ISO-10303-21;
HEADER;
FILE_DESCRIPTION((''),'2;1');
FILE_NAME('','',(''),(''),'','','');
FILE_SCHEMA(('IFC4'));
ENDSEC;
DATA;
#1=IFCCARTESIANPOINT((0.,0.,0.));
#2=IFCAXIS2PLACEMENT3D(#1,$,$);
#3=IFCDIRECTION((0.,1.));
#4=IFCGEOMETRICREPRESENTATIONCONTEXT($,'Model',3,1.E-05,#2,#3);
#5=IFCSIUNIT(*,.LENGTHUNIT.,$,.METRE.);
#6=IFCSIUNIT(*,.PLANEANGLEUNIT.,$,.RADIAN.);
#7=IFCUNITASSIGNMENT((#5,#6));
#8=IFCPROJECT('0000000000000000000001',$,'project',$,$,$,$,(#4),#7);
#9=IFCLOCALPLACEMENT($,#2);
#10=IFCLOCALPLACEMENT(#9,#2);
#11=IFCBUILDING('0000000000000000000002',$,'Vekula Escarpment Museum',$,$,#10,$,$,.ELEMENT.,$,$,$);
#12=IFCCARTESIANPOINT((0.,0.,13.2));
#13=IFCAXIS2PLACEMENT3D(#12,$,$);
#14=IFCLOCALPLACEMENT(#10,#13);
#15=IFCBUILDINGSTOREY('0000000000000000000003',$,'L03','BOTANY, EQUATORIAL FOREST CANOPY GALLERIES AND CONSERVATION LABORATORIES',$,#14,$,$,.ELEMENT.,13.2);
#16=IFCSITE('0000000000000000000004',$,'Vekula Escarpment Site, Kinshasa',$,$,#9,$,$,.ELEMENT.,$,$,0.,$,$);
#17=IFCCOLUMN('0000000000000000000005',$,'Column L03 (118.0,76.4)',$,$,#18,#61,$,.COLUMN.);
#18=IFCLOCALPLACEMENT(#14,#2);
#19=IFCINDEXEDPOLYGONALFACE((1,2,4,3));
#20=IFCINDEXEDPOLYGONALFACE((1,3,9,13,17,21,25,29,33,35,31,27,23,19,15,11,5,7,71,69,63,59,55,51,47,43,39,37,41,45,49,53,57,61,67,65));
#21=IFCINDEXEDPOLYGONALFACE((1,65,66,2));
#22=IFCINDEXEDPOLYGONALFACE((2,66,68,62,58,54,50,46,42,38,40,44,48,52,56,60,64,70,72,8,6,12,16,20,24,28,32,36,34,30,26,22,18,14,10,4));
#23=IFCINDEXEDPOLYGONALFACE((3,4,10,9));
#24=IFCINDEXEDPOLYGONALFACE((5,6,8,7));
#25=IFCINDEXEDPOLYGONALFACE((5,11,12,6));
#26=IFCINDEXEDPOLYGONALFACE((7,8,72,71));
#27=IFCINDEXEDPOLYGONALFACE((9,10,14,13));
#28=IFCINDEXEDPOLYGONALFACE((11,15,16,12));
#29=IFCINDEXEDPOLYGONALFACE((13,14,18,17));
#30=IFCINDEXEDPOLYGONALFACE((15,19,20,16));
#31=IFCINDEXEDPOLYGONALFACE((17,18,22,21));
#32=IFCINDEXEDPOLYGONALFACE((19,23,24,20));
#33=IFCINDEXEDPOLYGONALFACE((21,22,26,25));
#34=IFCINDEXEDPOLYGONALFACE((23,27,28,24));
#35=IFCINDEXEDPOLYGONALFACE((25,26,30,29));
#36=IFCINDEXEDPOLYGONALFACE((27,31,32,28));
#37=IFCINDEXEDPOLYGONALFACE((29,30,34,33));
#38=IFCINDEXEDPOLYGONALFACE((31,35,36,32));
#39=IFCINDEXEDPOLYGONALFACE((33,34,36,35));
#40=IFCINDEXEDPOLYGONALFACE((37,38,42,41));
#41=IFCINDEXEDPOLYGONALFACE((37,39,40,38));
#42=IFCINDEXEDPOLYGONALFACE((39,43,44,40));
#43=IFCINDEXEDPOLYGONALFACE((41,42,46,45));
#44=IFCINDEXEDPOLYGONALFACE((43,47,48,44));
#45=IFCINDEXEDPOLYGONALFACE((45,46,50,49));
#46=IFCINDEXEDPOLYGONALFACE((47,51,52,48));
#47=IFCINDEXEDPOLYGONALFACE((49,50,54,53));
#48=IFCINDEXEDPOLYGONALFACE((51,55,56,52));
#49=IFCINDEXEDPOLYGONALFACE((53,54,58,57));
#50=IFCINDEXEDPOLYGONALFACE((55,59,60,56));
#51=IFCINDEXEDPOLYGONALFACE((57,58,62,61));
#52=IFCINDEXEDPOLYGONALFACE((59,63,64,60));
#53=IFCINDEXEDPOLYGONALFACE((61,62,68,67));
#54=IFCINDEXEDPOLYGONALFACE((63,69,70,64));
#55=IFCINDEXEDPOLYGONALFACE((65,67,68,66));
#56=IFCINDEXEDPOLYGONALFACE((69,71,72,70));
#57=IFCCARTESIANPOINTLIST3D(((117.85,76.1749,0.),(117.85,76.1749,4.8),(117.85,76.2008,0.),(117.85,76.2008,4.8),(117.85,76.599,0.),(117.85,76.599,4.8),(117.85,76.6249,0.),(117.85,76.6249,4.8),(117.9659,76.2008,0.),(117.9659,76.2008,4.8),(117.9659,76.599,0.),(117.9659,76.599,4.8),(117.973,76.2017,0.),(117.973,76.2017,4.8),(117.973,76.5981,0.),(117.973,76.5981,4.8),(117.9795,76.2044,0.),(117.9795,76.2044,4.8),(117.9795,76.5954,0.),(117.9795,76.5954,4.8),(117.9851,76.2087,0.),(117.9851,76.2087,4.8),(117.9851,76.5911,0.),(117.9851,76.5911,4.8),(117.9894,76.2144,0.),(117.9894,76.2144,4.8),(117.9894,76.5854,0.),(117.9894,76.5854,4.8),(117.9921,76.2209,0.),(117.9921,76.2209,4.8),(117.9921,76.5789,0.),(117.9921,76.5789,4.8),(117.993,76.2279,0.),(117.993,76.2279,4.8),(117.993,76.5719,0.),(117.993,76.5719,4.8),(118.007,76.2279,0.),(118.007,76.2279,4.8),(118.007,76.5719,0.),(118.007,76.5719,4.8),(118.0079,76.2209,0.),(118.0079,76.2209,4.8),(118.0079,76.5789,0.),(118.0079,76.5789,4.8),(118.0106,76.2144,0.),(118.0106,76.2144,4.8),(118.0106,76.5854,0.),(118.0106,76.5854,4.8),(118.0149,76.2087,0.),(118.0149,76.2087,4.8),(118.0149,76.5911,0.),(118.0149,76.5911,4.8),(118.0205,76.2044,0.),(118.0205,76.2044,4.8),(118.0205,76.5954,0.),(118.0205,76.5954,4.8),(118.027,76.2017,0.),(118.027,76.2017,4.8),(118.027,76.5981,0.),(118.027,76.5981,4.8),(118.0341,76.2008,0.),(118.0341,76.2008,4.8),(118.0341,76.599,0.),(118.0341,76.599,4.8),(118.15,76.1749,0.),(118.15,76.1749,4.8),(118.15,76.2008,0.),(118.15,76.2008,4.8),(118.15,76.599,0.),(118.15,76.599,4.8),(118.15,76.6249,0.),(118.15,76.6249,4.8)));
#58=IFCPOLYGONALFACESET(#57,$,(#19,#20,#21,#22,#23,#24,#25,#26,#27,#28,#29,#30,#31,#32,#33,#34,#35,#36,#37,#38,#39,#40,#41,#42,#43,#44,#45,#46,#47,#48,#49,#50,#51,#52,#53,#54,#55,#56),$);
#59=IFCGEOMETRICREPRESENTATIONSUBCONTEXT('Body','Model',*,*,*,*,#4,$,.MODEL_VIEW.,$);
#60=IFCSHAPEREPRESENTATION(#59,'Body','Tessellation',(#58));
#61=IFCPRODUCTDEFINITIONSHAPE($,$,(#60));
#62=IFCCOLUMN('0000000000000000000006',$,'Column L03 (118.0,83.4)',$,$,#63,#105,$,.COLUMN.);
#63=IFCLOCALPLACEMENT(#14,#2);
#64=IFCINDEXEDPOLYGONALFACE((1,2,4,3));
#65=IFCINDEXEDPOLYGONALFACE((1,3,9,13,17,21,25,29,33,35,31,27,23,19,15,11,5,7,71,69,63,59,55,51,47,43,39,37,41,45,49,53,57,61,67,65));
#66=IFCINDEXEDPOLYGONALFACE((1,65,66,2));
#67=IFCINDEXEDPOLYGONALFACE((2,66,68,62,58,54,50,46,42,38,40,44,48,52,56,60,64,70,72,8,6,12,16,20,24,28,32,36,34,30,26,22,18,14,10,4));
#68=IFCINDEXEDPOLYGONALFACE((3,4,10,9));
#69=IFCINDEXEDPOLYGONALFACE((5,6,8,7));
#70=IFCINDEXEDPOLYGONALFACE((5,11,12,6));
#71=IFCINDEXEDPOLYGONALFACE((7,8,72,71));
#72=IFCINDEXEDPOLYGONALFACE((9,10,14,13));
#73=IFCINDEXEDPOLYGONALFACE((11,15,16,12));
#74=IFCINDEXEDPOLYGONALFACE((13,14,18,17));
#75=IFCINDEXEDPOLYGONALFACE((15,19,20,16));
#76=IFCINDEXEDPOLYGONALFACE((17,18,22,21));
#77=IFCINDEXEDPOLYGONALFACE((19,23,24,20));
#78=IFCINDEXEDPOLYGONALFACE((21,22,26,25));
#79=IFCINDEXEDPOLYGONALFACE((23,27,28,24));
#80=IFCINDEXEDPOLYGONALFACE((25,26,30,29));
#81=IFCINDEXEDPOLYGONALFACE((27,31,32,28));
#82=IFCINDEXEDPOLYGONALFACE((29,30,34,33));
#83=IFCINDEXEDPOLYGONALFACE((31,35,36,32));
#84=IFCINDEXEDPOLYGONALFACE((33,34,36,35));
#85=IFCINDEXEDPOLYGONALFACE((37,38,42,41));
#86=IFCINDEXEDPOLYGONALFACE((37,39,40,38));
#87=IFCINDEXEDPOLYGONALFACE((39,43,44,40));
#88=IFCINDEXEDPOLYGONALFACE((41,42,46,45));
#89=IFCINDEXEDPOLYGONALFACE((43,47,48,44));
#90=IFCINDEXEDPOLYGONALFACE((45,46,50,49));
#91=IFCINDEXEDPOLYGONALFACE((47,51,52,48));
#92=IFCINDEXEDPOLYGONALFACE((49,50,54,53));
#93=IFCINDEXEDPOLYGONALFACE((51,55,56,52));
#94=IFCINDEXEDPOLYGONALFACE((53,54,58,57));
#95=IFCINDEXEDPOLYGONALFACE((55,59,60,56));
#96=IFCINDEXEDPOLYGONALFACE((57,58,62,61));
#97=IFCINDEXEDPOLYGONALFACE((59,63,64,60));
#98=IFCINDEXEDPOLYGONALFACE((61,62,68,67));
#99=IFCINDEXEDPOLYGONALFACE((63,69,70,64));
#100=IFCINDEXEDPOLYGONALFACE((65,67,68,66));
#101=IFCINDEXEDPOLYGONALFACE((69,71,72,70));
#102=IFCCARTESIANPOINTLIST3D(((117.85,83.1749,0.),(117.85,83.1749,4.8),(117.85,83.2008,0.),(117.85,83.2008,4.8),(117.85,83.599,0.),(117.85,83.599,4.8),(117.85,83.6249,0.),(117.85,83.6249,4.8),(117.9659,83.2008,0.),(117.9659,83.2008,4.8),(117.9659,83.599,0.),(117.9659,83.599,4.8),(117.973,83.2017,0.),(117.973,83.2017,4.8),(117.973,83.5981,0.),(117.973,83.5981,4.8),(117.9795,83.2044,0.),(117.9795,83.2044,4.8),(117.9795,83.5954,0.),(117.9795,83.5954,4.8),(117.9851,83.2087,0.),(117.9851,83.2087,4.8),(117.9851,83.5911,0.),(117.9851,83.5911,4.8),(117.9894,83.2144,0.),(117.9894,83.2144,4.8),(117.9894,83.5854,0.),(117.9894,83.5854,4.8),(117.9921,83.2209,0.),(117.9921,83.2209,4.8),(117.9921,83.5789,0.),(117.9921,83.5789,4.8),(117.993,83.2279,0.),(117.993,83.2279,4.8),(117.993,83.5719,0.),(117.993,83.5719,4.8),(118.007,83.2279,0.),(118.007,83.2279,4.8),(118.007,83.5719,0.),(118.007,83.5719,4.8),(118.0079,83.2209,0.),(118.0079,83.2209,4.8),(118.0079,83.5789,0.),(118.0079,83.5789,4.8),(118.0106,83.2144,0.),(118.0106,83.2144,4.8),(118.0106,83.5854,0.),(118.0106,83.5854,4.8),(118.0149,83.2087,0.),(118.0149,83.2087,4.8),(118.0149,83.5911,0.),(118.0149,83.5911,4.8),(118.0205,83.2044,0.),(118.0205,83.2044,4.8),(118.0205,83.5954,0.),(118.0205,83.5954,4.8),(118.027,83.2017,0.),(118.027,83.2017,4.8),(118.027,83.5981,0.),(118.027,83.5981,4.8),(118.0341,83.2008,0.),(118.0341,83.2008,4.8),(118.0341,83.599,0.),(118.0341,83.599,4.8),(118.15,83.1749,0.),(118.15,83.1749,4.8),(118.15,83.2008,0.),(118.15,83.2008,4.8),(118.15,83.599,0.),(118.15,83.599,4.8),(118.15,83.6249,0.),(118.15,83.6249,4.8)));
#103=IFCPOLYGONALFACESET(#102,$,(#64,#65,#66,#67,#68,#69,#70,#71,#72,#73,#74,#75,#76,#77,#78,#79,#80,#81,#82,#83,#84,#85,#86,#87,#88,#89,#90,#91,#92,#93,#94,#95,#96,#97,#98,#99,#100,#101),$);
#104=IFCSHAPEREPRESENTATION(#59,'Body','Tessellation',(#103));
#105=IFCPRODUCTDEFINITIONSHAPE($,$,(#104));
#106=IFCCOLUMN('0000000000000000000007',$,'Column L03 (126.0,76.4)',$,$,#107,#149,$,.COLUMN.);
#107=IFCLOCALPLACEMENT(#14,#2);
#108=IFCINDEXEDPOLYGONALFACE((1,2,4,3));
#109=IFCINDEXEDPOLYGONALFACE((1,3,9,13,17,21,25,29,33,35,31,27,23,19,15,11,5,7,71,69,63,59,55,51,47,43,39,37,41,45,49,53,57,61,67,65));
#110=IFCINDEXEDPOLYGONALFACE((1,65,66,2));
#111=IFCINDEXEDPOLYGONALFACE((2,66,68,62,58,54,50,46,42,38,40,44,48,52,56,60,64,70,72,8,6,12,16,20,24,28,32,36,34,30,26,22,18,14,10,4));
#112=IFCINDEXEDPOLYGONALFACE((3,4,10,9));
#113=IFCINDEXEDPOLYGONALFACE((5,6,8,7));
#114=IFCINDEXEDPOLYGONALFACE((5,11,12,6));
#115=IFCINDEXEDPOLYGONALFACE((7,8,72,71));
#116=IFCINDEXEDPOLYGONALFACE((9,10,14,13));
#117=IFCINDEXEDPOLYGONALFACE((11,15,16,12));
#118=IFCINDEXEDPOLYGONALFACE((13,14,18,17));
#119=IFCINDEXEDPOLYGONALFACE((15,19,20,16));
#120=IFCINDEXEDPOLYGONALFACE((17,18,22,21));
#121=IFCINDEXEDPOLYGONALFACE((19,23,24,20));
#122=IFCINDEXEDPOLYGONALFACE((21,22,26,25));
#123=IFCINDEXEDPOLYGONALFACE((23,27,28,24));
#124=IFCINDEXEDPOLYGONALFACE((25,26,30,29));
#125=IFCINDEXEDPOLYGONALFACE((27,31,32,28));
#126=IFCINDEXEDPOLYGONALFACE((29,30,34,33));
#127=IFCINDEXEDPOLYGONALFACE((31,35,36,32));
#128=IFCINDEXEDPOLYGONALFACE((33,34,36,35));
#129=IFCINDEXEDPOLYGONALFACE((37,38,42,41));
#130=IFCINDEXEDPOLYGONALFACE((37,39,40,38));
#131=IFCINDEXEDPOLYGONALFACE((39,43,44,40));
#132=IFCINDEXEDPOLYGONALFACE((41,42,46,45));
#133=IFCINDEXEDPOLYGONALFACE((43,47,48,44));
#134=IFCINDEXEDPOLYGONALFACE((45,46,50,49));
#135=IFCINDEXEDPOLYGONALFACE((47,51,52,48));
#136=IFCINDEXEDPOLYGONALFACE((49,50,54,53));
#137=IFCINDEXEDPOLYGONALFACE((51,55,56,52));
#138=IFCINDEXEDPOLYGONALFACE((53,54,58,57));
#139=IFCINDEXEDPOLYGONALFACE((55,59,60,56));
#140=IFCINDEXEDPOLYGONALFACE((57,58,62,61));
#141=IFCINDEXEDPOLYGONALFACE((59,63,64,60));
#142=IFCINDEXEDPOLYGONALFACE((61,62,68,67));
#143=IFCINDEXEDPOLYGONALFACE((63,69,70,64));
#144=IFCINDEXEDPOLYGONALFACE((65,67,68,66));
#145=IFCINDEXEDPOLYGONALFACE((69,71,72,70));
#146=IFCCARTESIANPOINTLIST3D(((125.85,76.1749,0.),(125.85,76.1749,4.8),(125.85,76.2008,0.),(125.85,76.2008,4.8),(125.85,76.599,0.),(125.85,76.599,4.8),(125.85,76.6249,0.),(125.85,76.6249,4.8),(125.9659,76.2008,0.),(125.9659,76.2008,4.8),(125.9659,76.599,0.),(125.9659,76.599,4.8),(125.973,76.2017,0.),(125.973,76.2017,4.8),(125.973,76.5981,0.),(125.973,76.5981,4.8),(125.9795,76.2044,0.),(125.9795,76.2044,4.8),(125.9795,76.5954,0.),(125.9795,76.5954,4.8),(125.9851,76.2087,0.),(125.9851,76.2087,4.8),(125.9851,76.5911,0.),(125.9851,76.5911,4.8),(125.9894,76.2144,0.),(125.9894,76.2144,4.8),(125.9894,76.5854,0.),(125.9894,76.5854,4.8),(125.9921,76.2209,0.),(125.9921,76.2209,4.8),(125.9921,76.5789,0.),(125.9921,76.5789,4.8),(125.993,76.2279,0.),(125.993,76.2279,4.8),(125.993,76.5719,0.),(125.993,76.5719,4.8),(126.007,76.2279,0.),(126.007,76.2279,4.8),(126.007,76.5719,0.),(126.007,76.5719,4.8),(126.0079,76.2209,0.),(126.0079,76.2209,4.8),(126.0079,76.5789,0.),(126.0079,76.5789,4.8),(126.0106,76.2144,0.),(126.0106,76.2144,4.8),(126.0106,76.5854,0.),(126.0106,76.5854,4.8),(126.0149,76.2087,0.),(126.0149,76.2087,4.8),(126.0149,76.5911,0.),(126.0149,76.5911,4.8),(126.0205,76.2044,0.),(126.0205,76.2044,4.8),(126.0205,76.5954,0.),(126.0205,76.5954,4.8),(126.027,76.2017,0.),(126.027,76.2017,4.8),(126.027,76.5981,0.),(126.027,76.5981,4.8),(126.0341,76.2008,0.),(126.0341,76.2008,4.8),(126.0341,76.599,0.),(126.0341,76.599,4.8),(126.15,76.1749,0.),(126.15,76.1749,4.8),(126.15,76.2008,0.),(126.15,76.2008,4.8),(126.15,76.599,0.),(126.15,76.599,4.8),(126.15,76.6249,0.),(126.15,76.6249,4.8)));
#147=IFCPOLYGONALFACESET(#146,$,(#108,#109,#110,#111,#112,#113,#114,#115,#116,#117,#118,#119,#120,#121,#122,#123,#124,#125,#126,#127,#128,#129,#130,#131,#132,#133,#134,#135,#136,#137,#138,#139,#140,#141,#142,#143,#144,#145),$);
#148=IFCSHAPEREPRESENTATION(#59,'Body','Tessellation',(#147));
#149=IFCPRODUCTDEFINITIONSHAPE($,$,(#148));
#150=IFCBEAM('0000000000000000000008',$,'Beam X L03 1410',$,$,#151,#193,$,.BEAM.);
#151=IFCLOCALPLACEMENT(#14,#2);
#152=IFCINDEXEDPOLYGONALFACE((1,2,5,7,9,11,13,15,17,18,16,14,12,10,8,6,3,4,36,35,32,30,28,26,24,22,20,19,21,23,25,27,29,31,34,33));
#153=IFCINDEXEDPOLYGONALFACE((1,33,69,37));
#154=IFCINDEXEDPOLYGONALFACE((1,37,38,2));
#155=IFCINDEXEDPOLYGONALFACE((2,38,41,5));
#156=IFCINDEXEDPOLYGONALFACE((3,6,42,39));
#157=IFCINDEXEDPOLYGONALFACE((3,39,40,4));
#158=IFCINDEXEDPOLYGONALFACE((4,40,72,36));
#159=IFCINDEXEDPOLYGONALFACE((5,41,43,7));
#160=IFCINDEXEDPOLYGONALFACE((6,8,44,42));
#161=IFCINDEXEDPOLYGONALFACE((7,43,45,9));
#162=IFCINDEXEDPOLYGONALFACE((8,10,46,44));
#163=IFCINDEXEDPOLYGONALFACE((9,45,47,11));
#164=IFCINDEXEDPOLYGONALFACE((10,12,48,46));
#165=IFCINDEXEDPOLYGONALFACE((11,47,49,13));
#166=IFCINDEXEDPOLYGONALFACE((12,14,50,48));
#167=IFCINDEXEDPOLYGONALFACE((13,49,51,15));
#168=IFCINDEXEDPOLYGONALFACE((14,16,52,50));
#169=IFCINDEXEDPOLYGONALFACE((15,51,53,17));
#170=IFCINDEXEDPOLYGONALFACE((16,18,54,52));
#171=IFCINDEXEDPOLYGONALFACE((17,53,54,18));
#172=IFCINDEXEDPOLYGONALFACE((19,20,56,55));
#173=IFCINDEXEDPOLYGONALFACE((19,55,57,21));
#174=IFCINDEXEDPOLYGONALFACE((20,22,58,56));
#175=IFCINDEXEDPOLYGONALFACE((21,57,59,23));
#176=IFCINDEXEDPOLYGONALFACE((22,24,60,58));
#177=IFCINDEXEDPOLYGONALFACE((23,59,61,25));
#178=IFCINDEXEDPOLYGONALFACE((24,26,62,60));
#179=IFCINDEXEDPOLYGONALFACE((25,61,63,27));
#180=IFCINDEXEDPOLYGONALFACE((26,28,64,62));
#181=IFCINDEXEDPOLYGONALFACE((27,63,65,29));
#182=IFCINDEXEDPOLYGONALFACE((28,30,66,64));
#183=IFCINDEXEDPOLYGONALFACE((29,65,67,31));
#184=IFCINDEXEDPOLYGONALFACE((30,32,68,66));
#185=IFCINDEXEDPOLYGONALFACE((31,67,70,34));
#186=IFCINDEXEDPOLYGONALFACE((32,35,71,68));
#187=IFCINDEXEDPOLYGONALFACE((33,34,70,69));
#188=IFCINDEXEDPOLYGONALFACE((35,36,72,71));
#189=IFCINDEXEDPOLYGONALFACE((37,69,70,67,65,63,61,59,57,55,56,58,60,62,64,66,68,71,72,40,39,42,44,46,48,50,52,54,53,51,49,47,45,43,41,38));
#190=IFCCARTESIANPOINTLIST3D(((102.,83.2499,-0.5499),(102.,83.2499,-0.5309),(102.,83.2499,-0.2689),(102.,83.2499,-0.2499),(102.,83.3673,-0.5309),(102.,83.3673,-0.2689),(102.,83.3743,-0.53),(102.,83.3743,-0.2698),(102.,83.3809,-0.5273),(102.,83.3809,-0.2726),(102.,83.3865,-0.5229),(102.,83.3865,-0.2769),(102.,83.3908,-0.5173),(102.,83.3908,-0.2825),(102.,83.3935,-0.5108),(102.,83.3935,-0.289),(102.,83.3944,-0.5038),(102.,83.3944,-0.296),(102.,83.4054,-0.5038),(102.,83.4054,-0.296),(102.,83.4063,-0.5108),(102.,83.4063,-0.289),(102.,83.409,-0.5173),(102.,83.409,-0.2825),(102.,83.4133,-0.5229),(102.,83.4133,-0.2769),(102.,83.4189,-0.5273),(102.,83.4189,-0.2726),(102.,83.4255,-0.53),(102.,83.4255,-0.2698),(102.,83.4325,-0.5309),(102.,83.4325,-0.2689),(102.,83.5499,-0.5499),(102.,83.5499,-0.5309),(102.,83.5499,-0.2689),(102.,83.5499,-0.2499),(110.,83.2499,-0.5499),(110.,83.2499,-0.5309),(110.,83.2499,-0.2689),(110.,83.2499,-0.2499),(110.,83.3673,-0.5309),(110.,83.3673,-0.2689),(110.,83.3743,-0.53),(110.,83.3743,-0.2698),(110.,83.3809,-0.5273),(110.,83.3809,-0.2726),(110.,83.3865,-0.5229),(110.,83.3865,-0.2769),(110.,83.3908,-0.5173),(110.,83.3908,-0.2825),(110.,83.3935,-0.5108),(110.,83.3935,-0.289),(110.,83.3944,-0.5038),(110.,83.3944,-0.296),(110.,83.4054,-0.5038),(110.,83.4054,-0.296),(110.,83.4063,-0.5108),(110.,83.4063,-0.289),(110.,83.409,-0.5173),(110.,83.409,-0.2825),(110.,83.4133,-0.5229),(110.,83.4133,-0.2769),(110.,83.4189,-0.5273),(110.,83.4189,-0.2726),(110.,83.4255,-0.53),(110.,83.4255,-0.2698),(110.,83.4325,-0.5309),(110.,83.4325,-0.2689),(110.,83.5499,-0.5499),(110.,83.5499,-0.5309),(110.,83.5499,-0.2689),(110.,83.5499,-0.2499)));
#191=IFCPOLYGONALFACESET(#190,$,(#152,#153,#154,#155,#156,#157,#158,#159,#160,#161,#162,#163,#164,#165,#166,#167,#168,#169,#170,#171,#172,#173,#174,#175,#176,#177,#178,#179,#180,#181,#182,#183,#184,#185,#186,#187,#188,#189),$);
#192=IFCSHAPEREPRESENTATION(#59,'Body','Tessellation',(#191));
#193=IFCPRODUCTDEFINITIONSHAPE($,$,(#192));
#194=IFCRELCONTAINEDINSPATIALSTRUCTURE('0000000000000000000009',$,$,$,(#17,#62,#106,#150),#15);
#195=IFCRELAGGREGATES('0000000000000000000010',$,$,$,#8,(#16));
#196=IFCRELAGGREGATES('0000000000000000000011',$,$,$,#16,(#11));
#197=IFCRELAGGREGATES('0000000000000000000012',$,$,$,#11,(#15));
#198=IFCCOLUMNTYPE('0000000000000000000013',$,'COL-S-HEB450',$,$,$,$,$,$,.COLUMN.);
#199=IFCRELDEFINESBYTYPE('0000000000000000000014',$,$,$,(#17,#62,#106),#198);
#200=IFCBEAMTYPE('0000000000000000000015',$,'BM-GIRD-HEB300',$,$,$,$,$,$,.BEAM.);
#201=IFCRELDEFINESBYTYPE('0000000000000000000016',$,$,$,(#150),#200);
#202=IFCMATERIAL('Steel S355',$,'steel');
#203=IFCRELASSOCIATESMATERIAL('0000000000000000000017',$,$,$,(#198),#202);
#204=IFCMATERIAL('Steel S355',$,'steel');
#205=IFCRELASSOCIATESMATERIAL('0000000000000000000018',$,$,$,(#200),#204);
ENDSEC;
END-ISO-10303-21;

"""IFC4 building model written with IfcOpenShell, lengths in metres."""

from ifc_helpers import new_model, si_unit, direction, frame, origin, origin_2d, place, context, subcontext, project, spatial, i_section, extrude, material, material_profile, profile_set, type_object, element, save


model = new_model("IFC4")

# Units and contexts
model_context = context("Model", 3, precision=1e-05, world=origin(), true_north=direction((0.0, 1.0)))
body_context = subcontext(model_context, "Body", "Model", "MODEL_VIEW")
ifc_project = project(units=[si_unit("LENGTHUNIT", "METRE"), si_unit("PLANEANGLEUNIT", "RADIAN")], contexts=[model_context])

# Site, building, storey
site_placement = place(None, origin())
site = spatial("IfcSite", under=ifc_project, at=site_placement, Name="Vekula Escarpment Site, Kinshasa", CompositionType="ELEMENT", RefElevation=0.0)
building_placement = place(site_placement, origin())
building = spatial("IfcBuilding", under=site, at=building_placement, Name="Vekula Escarpment Museum", CompositionType="ELEMENT")
storey_placement = place(building_placement, frame((0.0, 0.0, 13.2)))
storey = spatial("IfcBuildingStorey", under=building, at=storey_placement, Name="L03", Description="BOTANY, EQUATORIAL FOREST CANOPY GALLERIES AND CONSERVATION LABORATORIES", CompositionType="ELEMENT", Elevation=13.2)

# Columns
ifc_material_1 = material(Name="Steel S355", Category="steel")
ifc_material_profile_1 = material_profile(ifc_material_1, i_section(OverallWidth=0.3, OverallDepth=0.45, WebThickness=0.0139, FlangeThickness=0.0259, FilletRadius=0.0271, at=origin_2d()), Name="HEB 450")
ifc_profile_set_1 = profile_set([ifc_material_profile_1], Name="Steel S355")
column_type = type_object("IfcColumnType", Name="COL-S-HEB450", PredefinedType="COLUMN", material=ifc_profile_set_1)
for number, where, z_axis, x_axis, name in (
    (1, (118.0, 76.3999, 0.0), (0.0, 0.0, 1.0), (1.0, 0.0, 0.0), "Column L03 (118.0,76.4)"),
    (2, (118.0, 83.3999, 0.0), (0.0, 0.0, 1.0), (1.0, 0.0, 0.0), "Column L03 (118.0,83.4)"),
    (3, (126.0, 76.3999, 0.0), (0.0, 0.0, 1.0), (1.0, 0.0, 0.0), "Column L03 (126.0,76.4)"),
):
    element("IfcColumn", number, at=place(storey_placement, frame(where, z_axis=z_axis, x_axis=x_axis)), inside=storey, type_object=column_type, Name=name, PredefinedType="COLUMN", context=body_context, shape_type="SweptSolid", body=[
        extrude(i_section(OverallWidth=0.3, OverallDepth=0.45, WebThickness=0.0139, FlangeThickness=0.0259, FilletRadius=0.0271, at=origin_2d()), origin(), (0.0, 0.0, 1.0), 4.8),
    ])

# Beam
ifc_material_2 = material(Name="Steel S355", Category="steel")
ifc_material_profile_2 = material_profile(ifc_material_2, i_section(OverallWidth=0.3, OverallDepth=0.3, WebThickness=0.011, FlangeThickness=0.019, FilletRadius=0.0271, at=origin_2d()), Name="HEB 300")
ifc_profile_set_2 = profile_set([ifc_material_profile_2], Name="Steel S355")
beam_type_1 = type_object("IfcBeamType", Name="BM-GIRD-HEB300", PredefinedType="BEAM", material=ifc_profile_set_2)
beam_1_placement = place(storey_placement, frame((102.0, 83.3999, -0.3999), z_axis=(1.0, 0.0, 0.0), x_axis=(0.0, 1.0, 0.0)))
element("IfcBeam", 4, at=beam_1_placement, inside=storey, type_object=beam_type_1, Name="Beam X L03 1410", PredefinedType="BEAM", context=body_context, shape_type="SweptSolid", body=[
    extrude(i_section(OverallWidth=0.3, OverallDepth=0.3, WebThickness=0.011, FlangeThickness=0.019, FilletRadius=0.0271, at=origin_2d()), origin(), (0.0, 0.0, 1.0), 8.0),
])

save(model, "model.ifc")
